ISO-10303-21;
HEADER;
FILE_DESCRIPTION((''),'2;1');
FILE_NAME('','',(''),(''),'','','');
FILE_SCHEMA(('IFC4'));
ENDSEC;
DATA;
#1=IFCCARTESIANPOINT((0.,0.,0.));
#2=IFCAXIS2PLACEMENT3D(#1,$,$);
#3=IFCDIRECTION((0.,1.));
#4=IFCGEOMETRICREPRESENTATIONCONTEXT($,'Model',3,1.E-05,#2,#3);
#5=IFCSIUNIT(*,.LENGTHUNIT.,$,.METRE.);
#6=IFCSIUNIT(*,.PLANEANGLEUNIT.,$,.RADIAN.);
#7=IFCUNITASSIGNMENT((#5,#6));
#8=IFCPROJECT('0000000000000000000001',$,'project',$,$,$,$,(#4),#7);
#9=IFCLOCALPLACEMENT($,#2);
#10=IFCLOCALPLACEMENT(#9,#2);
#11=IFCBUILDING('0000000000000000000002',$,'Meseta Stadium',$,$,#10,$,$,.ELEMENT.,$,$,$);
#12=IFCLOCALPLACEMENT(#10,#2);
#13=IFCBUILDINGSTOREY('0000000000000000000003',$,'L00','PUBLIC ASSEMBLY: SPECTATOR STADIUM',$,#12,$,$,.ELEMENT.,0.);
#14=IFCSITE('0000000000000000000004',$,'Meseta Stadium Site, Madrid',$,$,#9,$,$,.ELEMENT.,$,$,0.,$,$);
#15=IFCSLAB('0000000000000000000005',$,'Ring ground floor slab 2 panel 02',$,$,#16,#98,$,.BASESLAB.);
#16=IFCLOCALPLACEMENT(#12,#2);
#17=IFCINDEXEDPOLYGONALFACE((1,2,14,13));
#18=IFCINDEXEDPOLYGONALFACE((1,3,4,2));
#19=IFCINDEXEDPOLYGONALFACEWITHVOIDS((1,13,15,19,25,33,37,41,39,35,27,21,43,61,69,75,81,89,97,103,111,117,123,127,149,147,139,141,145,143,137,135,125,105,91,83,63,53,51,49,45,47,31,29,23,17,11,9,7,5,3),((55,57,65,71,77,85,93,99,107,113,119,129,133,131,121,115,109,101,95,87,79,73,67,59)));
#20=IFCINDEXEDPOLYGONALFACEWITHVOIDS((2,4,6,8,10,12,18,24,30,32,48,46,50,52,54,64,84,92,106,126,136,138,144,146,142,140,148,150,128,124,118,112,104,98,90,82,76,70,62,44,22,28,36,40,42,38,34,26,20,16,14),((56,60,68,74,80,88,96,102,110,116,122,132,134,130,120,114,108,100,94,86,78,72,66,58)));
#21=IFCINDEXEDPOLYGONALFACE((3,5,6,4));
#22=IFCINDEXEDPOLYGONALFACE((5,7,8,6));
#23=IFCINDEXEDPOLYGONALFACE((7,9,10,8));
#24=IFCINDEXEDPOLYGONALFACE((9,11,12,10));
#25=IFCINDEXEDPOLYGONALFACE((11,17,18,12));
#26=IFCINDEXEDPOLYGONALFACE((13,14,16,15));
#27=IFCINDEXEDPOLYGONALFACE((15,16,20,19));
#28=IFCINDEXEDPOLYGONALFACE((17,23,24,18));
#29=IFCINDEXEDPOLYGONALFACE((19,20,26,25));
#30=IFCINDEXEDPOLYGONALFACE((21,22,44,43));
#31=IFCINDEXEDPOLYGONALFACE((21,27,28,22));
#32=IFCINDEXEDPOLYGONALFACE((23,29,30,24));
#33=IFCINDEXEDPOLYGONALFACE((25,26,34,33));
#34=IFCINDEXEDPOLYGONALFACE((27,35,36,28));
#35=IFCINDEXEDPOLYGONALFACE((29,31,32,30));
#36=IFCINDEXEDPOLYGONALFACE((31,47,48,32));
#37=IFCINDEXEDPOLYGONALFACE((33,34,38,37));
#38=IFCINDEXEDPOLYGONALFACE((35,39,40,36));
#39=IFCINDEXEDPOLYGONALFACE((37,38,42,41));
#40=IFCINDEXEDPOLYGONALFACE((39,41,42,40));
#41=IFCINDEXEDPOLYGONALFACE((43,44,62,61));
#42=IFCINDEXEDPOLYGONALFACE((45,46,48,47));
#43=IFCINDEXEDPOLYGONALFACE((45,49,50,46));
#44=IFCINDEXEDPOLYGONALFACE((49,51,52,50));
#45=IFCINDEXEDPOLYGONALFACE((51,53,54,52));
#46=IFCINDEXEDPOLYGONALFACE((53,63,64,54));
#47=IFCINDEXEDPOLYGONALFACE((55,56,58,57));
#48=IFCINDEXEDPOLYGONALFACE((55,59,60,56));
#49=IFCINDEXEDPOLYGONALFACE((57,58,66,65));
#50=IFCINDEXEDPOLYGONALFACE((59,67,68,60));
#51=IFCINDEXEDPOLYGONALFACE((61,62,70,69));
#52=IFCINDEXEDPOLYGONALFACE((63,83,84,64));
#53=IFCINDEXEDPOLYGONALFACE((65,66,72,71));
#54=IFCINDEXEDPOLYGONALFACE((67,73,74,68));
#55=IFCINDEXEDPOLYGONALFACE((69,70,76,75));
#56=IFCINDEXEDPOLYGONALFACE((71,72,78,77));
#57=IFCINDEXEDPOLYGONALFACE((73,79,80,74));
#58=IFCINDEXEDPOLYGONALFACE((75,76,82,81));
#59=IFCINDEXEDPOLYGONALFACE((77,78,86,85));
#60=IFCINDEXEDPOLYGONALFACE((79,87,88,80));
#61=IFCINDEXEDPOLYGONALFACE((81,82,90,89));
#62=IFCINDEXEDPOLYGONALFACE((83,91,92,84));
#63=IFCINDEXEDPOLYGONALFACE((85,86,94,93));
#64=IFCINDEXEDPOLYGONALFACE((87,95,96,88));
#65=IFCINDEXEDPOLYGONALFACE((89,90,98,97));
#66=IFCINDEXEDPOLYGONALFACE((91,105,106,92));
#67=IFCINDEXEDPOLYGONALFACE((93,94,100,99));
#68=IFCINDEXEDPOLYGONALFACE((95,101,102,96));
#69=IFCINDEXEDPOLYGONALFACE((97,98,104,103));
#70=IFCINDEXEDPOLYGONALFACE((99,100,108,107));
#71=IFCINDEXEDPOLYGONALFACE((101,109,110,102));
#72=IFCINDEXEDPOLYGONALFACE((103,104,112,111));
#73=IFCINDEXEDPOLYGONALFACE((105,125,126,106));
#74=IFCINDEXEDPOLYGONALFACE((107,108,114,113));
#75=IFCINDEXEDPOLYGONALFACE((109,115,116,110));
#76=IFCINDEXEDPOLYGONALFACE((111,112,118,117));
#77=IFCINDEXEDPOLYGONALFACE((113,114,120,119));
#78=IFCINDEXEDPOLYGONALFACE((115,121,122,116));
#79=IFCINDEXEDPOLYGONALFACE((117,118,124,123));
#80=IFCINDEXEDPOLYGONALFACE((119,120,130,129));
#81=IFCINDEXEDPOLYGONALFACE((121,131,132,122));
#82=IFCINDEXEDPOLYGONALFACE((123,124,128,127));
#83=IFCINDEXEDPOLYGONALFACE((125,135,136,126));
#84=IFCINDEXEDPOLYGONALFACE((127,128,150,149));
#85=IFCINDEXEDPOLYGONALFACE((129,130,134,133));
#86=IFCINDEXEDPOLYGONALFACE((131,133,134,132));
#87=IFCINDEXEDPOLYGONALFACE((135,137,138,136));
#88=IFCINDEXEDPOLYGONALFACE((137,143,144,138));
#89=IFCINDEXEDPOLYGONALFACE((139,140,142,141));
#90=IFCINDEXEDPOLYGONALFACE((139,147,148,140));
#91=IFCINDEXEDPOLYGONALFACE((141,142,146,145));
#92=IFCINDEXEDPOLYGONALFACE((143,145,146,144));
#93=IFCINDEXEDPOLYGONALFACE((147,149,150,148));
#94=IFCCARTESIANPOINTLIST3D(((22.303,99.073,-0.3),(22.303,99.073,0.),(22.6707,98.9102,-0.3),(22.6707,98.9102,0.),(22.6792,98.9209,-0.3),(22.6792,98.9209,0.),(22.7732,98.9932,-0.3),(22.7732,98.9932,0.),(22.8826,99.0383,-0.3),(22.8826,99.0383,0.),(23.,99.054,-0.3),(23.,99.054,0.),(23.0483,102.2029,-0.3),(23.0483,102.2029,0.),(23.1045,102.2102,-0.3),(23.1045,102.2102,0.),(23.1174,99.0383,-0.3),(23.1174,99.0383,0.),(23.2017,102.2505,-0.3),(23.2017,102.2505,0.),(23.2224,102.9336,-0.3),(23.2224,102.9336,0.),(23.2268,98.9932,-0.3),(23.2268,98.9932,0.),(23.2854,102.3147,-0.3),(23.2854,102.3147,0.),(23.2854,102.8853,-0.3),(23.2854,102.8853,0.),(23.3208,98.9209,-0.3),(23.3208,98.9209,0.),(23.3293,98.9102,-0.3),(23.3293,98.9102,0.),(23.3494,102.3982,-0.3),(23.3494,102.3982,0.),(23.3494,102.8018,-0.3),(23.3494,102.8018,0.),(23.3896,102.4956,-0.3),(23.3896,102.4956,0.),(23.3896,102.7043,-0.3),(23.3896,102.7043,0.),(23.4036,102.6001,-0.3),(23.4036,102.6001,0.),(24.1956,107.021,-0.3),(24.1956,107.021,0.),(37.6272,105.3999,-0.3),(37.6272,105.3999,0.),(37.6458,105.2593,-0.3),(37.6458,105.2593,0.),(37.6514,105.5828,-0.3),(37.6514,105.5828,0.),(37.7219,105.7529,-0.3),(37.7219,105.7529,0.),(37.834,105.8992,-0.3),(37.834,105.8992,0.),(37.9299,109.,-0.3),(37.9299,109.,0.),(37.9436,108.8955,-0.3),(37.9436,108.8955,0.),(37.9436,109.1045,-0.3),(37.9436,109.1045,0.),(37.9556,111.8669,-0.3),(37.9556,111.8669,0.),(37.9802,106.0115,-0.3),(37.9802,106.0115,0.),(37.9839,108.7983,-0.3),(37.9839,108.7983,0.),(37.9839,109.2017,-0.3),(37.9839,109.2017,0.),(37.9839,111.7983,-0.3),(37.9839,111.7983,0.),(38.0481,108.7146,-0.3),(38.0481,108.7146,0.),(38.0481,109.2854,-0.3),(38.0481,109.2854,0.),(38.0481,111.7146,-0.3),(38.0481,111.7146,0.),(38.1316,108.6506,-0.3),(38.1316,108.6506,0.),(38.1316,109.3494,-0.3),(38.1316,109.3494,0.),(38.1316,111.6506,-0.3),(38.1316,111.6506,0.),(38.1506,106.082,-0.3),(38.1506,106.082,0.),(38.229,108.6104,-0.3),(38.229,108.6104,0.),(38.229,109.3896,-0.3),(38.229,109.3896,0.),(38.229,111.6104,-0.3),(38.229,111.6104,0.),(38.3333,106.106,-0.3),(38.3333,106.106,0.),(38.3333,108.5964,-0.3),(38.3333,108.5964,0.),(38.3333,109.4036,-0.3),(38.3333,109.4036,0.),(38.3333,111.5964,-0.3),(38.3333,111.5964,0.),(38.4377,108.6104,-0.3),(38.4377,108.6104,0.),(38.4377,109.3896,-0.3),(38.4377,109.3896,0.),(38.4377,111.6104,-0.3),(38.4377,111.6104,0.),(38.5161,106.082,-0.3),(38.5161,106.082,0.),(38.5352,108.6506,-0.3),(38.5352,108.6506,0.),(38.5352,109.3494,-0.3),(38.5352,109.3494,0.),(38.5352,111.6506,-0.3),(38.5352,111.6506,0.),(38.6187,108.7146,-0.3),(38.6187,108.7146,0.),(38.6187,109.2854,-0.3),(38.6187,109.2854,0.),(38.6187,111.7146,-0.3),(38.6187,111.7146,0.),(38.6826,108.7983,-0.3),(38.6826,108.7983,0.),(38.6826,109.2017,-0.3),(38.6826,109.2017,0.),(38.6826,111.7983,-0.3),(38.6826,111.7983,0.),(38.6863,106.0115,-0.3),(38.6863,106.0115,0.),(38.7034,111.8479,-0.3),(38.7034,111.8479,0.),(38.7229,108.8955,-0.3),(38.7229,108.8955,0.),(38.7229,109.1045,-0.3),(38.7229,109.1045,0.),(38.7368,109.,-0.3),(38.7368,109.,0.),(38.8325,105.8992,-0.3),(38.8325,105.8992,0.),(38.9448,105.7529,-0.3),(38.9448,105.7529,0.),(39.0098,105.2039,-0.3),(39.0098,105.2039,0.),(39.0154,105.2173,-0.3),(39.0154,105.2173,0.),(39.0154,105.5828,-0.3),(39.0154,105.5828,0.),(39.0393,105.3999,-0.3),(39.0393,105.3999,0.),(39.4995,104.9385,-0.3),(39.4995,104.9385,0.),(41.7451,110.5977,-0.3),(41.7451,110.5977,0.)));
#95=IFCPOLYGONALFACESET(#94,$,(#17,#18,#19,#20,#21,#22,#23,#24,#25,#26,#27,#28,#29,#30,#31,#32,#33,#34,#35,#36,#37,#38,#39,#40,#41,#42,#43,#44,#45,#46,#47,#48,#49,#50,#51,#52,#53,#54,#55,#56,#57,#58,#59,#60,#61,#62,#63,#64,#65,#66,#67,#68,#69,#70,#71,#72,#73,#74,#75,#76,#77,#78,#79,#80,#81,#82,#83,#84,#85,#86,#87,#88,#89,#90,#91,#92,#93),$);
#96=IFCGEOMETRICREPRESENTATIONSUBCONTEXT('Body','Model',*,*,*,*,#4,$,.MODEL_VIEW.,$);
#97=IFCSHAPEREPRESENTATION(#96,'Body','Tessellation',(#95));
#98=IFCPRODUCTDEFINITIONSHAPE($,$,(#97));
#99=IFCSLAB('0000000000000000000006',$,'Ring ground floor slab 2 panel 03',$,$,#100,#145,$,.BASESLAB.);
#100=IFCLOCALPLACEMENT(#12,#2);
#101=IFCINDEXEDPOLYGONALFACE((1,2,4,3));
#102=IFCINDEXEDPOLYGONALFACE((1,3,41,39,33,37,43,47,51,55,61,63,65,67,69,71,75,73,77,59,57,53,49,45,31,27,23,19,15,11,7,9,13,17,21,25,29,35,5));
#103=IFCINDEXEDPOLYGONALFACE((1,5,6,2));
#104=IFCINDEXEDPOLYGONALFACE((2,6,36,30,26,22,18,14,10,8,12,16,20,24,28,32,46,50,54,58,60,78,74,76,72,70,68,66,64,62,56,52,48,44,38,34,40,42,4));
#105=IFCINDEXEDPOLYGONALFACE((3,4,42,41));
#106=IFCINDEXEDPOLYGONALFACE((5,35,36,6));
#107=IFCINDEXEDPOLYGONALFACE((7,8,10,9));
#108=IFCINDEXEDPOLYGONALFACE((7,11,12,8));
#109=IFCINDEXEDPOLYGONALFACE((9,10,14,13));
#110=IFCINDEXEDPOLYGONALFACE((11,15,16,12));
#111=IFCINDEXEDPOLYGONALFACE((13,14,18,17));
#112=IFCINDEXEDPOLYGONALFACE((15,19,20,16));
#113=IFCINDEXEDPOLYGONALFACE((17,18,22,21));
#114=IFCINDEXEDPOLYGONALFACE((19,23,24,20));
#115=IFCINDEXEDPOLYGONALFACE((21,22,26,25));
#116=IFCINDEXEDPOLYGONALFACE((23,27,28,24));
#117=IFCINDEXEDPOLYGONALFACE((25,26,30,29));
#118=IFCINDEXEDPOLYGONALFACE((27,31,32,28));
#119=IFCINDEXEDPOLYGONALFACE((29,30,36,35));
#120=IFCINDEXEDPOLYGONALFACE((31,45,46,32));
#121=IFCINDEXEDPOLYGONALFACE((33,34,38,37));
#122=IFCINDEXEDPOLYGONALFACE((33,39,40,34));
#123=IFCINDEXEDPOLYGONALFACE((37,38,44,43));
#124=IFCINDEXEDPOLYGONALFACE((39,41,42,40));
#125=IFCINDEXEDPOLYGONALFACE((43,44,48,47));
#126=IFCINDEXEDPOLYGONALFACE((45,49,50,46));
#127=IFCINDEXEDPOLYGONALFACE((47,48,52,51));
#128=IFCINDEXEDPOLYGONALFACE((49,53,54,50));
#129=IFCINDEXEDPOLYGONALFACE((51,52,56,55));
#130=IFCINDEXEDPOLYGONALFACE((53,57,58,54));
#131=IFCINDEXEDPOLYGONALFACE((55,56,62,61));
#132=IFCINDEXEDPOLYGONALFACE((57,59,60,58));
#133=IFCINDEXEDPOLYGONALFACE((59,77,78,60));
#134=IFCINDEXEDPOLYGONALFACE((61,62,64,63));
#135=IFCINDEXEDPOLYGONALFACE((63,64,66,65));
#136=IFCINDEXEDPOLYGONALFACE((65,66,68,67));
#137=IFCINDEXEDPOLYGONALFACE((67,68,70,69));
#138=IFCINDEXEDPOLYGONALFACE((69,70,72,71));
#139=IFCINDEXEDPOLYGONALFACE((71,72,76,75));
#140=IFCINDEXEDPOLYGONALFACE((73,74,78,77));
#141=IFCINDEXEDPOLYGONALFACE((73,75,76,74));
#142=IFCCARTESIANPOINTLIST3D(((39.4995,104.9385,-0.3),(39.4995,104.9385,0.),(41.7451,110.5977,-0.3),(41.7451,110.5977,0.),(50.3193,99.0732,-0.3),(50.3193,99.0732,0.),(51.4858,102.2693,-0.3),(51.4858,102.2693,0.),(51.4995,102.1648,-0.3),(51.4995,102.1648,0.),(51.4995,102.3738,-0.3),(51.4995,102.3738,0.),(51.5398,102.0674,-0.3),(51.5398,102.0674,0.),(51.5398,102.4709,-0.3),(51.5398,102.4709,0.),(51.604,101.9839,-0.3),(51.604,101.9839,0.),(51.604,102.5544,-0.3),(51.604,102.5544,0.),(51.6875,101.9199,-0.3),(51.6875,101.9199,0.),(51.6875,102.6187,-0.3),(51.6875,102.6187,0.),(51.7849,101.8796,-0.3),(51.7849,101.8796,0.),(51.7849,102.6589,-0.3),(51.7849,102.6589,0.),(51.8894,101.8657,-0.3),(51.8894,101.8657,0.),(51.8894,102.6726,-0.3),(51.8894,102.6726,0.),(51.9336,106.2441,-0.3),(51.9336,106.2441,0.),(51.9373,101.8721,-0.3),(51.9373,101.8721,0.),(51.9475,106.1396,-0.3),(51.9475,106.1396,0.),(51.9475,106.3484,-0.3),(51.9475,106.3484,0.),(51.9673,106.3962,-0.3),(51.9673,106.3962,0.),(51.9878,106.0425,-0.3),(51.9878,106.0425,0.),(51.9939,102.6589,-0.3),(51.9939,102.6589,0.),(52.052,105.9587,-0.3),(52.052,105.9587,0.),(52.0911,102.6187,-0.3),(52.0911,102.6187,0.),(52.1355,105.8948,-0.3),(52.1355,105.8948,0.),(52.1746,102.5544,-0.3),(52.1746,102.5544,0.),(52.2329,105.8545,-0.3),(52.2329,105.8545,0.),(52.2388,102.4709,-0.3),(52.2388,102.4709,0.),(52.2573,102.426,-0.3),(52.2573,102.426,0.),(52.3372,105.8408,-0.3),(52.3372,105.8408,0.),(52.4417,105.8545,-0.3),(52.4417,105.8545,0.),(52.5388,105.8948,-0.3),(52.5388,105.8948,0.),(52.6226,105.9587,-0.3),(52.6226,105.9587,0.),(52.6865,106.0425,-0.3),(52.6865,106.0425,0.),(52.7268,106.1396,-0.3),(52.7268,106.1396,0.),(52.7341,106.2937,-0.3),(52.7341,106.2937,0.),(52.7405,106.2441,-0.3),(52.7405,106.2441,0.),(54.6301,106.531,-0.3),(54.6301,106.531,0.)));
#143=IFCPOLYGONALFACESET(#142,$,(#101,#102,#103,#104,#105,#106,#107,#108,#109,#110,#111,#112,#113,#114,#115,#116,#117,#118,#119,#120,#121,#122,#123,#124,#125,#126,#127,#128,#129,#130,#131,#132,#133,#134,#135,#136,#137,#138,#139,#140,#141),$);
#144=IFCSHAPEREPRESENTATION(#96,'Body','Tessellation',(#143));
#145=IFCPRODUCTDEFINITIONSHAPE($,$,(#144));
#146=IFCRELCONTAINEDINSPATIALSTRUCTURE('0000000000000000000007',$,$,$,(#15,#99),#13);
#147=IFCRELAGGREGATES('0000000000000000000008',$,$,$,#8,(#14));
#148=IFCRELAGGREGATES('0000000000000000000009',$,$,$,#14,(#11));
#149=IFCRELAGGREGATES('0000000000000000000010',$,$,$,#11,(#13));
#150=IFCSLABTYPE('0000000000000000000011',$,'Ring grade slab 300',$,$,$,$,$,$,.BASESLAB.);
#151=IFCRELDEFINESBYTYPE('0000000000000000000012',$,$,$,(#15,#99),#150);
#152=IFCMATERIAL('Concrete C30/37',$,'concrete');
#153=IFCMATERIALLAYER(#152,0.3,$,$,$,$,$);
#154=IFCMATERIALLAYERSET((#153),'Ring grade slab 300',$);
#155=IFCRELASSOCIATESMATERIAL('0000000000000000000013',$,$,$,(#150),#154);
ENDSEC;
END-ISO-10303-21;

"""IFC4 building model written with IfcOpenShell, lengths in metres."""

from ifc_helpers import new_model, si_unit, direction, frame, origin, place, context, subcontext, project, spatial, polyline, outline, extrude, material, layer, layer_set, type_object, element, save


model = new_model("IFC4")

# Units and contexts
model_context = context("Model", 3, precision=1e-05, world=origin(), true_north=direction((0.0, 1.0)))
body_context = subcontext(model_context, "Body", "Model", "MODEL_VIEW")
ifc_project = project(units=[si_unit("LENGTHUNIT", "METRE"), si_unit("PLANEANGLEUNIT", "RADIAN")], contexts=[model_context])

# Site, building, storey
site_placement = place(None, origin())
site = spatial("IfcSite", under=ifc_project, at=site_placement, Name="Meseta Stadium Site, Madrid", CompositionType="ELEMENT", RefElevation=0.0)
building_placement = place(site_placement, origin())
building = spatial("IfcBuilding", under=site, at=building_placement, Name="Meseta Stadium", CompositionType="ELEMENT")
storey_placement = place(building_placement, origin())
storey = spatial("IfcBuildingStorey", under=building, at=storey_placement, Name="L00", Description="PUBLIC ASSEMBLY: SPECTATOR STADIUM", CompositionType="ELEMENT", Elevation=0.0)

# Slabs
ifc_material_1 = material(Name="Concrete C30/37", Category="concrete")
ifc_layer_1 = layer(ifc_material_1, 0.3)
ifc_layer_set_1 = layer_set([ifc_layer_1], Name="Ring grade slab 300")
slab_type_1 = type_object("IfcSlabType", Name="Ring grade slab 300", PredefinedType="BASESLAB", material=ifc_layer_set_1)
slab_1_placement = place(storey_placement, frame((0.0, 0.0, -0.3)))
element("IfcSlab", 1, at=slab_1_placement, inside=storey, type_object=slab_type_1, Name="Ring ground floor slab 2 panel 02", PredefinedType="BASESLAB", context=body_context, shape_type="SweptSolid", body=[
    extrude(outline(polyline([(37.9839, 111.7983), (37.9556, 111.8669), (24.1956, 107.021), (23.2224, 102.9336), (23.2854, 102.8853), (23.3494, 102.8018), (23.3896, 102.7043), (23.4036, 102.6001), (23.3896, 102.4956), (23.3494, 102.3982), (23.2854, 102.3147), (23.2017, 102.2505), (23.1045, 102.2102), (23.0483, 102.2029), (22.303, 99.073), (22.6707, 98.9102), (22.6792, 98.9209), (22.7732, 98.9932), (22.8826, 99.0383), (23.0, 99.054), (23.1174, 99.0383), (23.2268, 98.9932), (23.3208, 98.9209), (23.3293, 98.9102), (37.6458, 105.2593), (37.6272, 105.3999), (37.6514, 105.5828), (37.7219, 105.7529), (37.834, 105.8992), (37.9802, 106.0115), (38.1506, 106.082), (38.3333, 106.106), (38.5161, 106.082), (38.6863, 106.0115), (38.8325, 105.8992), (38.9448, 105.7529), (39.0154, 105.5828), (39.0393, 105.3999), (39.0154, 105.2173), (39.0098, 105.2039), (39.4995, 104.9385), (41.7451, 110.5977), (38.7034, 111.8479), (38.6826, 111.7983), (38.6187, 111.7146), (38.5352, 111.6506), (38.4377, 111.6104), (38.3333, 111.5964), (38.229, 111.6104), (38.1316, 111.6506), (38.0481, 111.7146), (37.9839, 111.7983)]), holes=[polyline([(38.229, 108.6104), (38.1316, 108.6506), (38.0481, 108.7146), (37.9839, 108.7983), (37.9436, 108.8955), (37.9299, 109.0), (37.9436, 109.1045), (37.9839, 109.2017), (38.0481, 109.2854), (38.1316, 109.3494), (38.229, 109.3896), (38.3333, 109.4036), (38.4377, 109.3896), (38.5352, 109.3494), (38.6187, 109.2854), (38.6826, 109.2017), (38.7229, 109.1045), (38.7368, 109.0), (38.7229, 108.8955), (38.6826, 108.7983), (38.6187, 108.7146), (38.5352, 108.6506), (38.4377, 108.6104), (38.3333, 108.5964), (38.229, 108.6104)])]), origin(), (0.0, 0.0, 1.0), 0.3),
])
slab_2_placement = place(storey_placement, frame((0.0, 0.0, -0.3)))
element("IfcSlab", 2, at=slab_2_placement, inside=storey, type_object=slab_type_1, Name="Ring ground floor slab 2 panel 03", PredefinedType="BASESLAB", context=body_context, shape_type="SweptSolid", body=[
    extrude(outline(polyline([(51.9475, 106.3484), (51.9673, 106.3962), (41.7451, 110.5977), (39.4995, 104.9385), (50.3193, 99.0732), (51.9373, 101.8721), (51.8894, 101.8657), (51.7849, 101.8796), (51.6875, 101.9199), (51.604, 101.9839), (51.5398, 102.0674), (51.4995, 102.1648), (51.4858, 102.2693), (51.4995, 102.3738), (51.5398, 102.4709), (51.604, 102.5544), (51.6875, 102.6187), (51.7849, 102.6589), (51.8894, 102.6726), (51.9939, 102.6589), (52.0911, 102.6187), (52.1746, 102.5544), (52.2388, 102.4709), (52.2573, 102.426), (54.6301, 106.531), (52.7341, 106.2937), (52.7405, 106.2441), (52.7268, 106.1396), (52.6865, 106.0425), (52.6226, 105.9587), (52.5388, 105.8948), (52.4417, 105.8545), (52.3372, 105.8408), (52.2329, 105.8545), (52.1355, 105.8948), (52.052, 105.9587), (51.9878, 106.0425), (51.9475, 106.1396), (51.9336, 106.2441), (51.9475, 106.3484)])), origin(), (0.0, 0.0, 1.0), 0.3),
])

save(model, "model.ifc")
